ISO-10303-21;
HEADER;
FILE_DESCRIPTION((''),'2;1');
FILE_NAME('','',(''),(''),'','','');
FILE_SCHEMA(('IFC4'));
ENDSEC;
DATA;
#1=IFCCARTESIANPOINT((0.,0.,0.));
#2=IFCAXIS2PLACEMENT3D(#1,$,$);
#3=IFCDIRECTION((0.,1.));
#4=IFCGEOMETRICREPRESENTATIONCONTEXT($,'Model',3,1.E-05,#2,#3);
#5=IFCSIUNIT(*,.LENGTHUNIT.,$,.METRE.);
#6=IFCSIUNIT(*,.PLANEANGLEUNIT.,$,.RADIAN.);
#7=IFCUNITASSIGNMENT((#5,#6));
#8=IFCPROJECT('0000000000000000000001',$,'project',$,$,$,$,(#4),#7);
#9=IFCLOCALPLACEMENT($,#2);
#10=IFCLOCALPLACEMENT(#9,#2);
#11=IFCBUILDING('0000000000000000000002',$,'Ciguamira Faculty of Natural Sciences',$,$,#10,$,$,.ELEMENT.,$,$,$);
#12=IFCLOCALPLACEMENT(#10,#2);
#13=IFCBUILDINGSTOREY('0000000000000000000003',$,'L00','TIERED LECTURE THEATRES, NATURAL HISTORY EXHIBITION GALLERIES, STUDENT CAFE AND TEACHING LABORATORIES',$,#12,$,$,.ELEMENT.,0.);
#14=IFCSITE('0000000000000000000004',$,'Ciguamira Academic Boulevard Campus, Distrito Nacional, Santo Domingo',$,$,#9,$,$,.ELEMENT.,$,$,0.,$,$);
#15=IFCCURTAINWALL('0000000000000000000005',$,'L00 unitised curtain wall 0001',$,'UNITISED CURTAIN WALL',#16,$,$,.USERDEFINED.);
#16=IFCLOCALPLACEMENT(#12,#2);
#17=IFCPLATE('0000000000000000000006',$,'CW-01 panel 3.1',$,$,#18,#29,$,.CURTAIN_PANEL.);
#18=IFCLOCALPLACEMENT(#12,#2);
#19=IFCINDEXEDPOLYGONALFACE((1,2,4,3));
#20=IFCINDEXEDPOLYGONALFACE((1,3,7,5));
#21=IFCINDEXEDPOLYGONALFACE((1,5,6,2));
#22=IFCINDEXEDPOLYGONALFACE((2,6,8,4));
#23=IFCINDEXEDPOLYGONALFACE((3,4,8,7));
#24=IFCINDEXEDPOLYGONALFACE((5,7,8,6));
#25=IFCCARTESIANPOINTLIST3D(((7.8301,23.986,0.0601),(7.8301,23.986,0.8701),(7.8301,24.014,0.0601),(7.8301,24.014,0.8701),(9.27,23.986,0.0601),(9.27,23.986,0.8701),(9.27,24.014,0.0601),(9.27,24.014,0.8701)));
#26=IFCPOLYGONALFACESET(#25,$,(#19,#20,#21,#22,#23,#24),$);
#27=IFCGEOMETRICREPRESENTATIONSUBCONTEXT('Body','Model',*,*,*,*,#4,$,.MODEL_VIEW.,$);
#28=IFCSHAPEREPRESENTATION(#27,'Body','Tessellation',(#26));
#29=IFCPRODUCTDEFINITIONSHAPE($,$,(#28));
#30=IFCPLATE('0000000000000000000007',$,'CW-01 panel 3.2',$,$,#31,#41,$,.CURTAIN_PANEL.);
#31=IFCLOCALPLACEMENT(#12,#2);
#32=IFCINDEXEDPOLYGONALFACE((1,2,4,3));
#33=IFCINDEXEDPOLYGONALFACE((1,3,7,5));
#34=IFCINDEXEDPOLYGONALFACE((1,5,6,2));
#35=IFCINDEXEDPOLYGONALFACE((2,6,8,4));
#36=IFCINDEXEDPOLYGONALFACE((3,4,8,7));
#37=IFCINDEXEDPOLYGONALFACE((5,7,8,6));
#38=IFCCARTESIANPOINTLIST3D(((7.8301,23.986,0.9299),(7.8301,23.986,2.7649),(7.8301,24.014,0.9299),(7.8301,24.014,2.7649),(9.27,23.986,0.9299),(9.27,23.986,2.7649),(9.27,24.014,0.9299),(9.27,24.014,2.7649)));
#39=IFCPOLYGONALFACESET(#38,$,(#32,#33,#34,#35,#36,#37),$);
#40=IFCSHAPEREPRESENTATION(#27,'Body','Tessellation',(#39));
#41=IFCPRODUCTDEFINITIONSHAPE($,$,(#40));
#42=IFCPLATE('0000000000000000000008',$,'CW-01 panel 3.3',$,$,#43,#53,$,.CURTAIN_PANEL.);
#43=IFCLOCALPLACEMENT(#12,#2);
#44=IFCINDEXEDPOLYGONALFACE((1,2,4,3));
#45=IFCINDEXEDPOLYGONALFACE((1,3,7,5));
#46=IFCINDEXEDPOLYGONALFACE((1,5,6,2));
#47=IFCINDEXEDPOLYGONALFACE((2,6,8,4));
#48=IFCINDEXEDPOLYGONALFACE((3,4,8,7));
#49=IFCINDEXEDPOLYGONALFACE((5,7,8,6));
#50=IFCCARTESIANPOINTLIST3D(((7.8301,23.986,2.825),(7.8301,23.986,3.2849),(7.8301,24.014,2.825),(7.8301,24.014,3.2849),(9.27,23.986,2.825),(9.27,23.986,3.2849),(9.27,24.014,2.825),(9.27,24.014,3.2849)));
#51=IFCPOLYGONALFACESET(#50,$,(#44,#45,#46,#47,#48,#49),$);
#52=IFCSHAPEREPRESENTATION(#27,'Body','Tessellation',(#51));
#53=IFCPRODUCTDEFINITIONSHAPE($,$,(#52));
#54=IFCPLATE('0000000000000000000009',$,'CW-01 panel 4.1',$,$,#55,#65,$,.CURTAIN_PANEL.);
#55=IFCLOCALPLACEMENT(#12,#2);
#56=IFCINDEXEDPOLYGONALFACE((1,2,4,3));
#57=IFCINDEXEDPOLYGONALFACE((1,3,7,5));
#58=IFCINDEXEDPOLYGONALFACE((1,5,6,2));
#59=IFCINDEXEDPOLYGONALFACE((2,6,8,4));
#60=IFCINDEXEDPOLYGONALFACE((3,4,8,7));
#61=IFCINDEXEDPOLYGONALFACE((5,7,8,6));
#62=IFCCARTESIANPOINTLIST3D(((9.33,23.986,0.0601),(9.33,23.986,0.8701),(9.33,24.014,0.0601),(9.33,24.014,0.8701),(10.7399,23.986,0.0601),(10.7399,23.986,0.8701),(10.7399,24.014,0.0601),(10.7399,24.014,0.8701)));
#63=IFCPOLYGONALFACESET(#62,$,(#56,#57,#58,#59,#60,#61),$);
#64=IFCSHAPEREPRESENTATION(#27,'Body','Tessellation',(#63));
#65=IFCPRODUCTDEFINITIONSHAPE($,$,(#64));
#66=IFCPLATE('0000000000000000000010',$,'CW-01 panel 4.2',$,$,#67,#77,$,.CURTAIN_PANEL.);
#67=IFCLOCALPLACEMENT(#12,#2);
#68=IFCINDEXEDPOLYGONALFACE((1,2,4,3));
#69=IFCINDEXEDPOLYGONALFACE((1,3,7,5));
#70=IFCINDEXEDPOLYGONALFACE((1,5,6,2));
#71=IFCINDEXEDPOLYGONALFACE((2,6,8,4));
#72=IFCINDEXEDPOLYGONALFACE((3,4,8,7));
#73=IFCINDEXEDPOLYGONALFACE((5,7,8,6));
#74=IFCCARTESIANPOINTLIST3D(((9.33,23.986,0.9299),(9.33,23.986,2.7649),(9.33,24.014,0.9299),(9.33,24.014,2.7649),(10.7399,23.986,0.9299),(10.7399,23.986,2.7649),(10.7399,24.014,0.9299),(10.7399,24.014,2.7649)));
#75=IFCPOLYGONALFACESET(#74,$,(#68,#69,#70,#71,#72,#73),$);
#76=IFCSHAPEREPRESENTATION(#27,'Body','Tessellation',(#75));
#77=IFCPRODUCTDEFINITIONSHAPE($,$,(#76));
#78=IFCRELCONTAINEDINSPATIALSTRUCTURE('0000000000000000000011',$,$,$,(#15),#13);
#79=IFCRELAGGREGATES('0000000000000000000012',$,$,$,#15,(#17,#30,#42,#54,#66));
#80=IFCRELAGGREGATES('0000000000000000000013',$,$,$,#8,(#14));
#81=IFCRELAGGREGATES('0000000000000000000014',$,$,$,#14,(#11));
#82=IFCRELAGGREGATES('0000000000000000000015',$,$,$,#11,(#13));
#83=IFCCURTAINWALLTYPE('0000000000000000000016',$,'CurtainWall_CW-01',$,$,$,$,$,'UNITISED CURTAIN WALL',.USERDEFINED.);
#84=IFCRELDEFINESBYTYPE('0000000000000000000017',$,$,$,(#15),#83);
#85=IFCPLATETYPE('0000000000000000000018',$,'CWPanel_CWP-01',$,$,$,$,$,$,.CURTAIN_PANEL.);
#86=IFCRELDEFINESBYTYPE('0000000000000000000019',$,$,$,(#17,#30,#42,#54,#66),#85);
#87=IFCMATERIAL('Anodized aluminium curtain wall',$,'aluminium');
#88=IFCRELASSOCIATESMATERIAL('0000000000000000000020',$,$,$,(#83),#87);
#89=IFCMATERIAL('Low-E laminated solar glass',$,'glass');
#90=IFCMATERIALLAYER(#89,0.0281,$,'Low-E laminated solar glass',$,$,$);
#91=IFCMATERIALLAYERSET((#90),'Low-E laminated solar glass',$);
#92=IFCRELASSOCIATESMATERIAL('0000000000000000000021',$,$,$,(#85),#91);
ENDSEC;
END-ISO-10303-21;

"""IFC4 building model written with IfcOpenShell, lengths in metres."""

from ifc_helpers import new_model, si_unit, direction, frame, origin, origin_2d, place, context, subcontext, project, spatial, rectangle, extrude, material, layer, layer_set, type_object, element, aggregate, save


model = new_model("IFC4")

# Units and contexts
model_context = context("Model", 3, precision=1e-05, world=origin(), true_north=direction((0.0, 1.0)))
body_context = subcontext(model_context, "Body", "Model", "MODEL_VIEW")
ifc_project = project(units=[si_unit("LENGTHUNIT", "METRE"), si_unit("PLANEANGLEUNIT", "RADIAN")], contexts=[model_context])

# Site, building, storey
site_placement = place(None, origin())
site = spatial("IfcSite", under=ifc_project, at=site_placement, Name="Ciguamira Academic Boulevard Campus, Distrito Nacional, Santo Domingo", CompositionType="ELEMENT", RefElevation=0.0)
building_placement = place(site_placement, origin())
building = spatial("IfcBuilding", under=site, at=building_placement, Name="Ciguamira Faculty of Natural Sciences", CompositionType="ELEMENT")
storey_placement = place(building_placement, origin())
storey = spatial("IfcBuildingStorey", under=building, at=storey_placement, Name="L00", Description="TIERED LECTURE THEATRES, NATURAL HISTORY EXHIBITION GALLERIES, STUDENT CAFE AND TEACHING LABORATORIES", CompositionType="ELEMENT", Elevation=0.0)

# Curtain wall, plates
ifc_material_1 = material(Name="Anodized aluminium curtain wall", Category="aluminium")
curtain_wall_type = type_object("IfcCurtainWallType", Name="CurtainWall_CW-01", ElementType="UNITISED CURTAIN WALL", PredefinedType="USERDEFINED", material=ifc_material_1)
curtain_wall_placement = place(storey_placement, origin())
curtain_wall = element("IfcCurtainWall", 1, at=curtain_wall_placement, inside=storey, type_object=curtain_wall_type, Name="L00 unitised curtain wall 0001", ObjectType="UNITISED CURTAIN WALL", PredefinedType="USERDEFINED")
ifc_material_2 = material(Name="Low-E laminated solar glass", Category="glass")
ifc_layer = layer(ifc_material_2, 0.0281, Name="Low-E laminated solar glass")
ifc_layer_set = layer_set([ifc_layer], Name="Low-E laminated solar glass")
plate_type = type_object("IfcPlateType", Name="CWPanel_CWP-01", PredefinedType="CURTAIN_PANEL", material=ifc_layer_set)
plate_1_placement = place(storey_placement, frame((8.55, 24.0, 0.0601), z_axis=(0.0, 0.0, 1.0), x_axis=(1.0, 0.0, 0.0)))
plate_1 = element("IfcPlate", 2, at=plate_1_placement, type_object=plate_type, Name="CW-01 panel 3.1", PredefinedType="CURTAIN_PANEL", context=body_context, shape_type="SweptSolid", body=[
    extrude(rectangle(XDim=1.4399, YDim=0.0281, at=origin_2d()), origin(), (0.0, 0.0, 1.0), 0.8101),
])
plate_2_placement = place(storey_placement, frame((8.55, 24.0, 0.9299), z_axis=(0.0, 0.0, 1.0), x_axis=(1.0, 0.0, 0.0)))
plate_2 = element("IfcPlate", 3, at=plate_2_placement, type_object=plate_type, Name="CW-01 panel 3.2", PredefinedType="CURTAIN_PANEL", context=body_context, shape_type="SweptSolid", body=[
    extrude(rectangle(XDim=1.4399, YDim=0.0281, at=origin_2d()), origin(), (0.0, 0.0, 1.0), 1.835),
])
plate_3_placement = place(storey_placement, frame((8.55, 24.0, 2.825), z_axis=(0.0, 0.0, 1.0), x_axis=(1.0, 0.0, 0.0)))
plate_3 = element("IfcPlate", 4, at=plate_3_placement, type_object=plate_type, Name="CW-01 panel 3.3", PredefinedType="CURTAIN_PANEL", context=body_context, shape_type="SweptSolid", body=[
    extrude(rectangle(XDim=1.4399, YDim=0.0281, at=origin_2d()), origin(), (0.0, 0.0, 1.0), 0.46),
])
plate_4_placement = place(storey_placement, frame((10.0349, 24.0, 0.0601), z_axis=(0.0, 0.0, 1.0), x_axis=(1.0, 0.0, 0.0)))
plate_4 = element("IfcPlate", 5, at=plate_4_placement, type_object=plate_type, Name="CW-01 panel 4.1", PredefinedType="CURTAIN_PANEL", context=body_context, shape_type="SweptSolid", body=[
    extrude(rectangle(XDim=1.4099, YDim=0.0281, at=origin_2d()), origin(), (0.0, 0.0, 1.0), 0.8101),
])
plate_5_placement = place(storey_placement, frame((10.0349, 24.0, 0.9299), z_axis=(0.0, 0.0, 1.0), x_axis=(1.0, 0.0, 0.0)))
plate_5 = element("IfcPlate", 6, at=plate_5_placement, type_object=plate_type, Name="CW-01 panel 4.2", PredefinedType="CURTAIN_PANEL", context=body_context, shape_type="SweptSolid", body=[
    extrude(rectangle(XDim=1.4099, YDim=0.0281, at=origin_2d()), origin(), (0.0, 0.0, 1.0), 1.835),
])
aggregate(curtain_wall, [plate_1, plate_2, plate_3, plate_4, plate_5])

save(model, "model.ifc")
